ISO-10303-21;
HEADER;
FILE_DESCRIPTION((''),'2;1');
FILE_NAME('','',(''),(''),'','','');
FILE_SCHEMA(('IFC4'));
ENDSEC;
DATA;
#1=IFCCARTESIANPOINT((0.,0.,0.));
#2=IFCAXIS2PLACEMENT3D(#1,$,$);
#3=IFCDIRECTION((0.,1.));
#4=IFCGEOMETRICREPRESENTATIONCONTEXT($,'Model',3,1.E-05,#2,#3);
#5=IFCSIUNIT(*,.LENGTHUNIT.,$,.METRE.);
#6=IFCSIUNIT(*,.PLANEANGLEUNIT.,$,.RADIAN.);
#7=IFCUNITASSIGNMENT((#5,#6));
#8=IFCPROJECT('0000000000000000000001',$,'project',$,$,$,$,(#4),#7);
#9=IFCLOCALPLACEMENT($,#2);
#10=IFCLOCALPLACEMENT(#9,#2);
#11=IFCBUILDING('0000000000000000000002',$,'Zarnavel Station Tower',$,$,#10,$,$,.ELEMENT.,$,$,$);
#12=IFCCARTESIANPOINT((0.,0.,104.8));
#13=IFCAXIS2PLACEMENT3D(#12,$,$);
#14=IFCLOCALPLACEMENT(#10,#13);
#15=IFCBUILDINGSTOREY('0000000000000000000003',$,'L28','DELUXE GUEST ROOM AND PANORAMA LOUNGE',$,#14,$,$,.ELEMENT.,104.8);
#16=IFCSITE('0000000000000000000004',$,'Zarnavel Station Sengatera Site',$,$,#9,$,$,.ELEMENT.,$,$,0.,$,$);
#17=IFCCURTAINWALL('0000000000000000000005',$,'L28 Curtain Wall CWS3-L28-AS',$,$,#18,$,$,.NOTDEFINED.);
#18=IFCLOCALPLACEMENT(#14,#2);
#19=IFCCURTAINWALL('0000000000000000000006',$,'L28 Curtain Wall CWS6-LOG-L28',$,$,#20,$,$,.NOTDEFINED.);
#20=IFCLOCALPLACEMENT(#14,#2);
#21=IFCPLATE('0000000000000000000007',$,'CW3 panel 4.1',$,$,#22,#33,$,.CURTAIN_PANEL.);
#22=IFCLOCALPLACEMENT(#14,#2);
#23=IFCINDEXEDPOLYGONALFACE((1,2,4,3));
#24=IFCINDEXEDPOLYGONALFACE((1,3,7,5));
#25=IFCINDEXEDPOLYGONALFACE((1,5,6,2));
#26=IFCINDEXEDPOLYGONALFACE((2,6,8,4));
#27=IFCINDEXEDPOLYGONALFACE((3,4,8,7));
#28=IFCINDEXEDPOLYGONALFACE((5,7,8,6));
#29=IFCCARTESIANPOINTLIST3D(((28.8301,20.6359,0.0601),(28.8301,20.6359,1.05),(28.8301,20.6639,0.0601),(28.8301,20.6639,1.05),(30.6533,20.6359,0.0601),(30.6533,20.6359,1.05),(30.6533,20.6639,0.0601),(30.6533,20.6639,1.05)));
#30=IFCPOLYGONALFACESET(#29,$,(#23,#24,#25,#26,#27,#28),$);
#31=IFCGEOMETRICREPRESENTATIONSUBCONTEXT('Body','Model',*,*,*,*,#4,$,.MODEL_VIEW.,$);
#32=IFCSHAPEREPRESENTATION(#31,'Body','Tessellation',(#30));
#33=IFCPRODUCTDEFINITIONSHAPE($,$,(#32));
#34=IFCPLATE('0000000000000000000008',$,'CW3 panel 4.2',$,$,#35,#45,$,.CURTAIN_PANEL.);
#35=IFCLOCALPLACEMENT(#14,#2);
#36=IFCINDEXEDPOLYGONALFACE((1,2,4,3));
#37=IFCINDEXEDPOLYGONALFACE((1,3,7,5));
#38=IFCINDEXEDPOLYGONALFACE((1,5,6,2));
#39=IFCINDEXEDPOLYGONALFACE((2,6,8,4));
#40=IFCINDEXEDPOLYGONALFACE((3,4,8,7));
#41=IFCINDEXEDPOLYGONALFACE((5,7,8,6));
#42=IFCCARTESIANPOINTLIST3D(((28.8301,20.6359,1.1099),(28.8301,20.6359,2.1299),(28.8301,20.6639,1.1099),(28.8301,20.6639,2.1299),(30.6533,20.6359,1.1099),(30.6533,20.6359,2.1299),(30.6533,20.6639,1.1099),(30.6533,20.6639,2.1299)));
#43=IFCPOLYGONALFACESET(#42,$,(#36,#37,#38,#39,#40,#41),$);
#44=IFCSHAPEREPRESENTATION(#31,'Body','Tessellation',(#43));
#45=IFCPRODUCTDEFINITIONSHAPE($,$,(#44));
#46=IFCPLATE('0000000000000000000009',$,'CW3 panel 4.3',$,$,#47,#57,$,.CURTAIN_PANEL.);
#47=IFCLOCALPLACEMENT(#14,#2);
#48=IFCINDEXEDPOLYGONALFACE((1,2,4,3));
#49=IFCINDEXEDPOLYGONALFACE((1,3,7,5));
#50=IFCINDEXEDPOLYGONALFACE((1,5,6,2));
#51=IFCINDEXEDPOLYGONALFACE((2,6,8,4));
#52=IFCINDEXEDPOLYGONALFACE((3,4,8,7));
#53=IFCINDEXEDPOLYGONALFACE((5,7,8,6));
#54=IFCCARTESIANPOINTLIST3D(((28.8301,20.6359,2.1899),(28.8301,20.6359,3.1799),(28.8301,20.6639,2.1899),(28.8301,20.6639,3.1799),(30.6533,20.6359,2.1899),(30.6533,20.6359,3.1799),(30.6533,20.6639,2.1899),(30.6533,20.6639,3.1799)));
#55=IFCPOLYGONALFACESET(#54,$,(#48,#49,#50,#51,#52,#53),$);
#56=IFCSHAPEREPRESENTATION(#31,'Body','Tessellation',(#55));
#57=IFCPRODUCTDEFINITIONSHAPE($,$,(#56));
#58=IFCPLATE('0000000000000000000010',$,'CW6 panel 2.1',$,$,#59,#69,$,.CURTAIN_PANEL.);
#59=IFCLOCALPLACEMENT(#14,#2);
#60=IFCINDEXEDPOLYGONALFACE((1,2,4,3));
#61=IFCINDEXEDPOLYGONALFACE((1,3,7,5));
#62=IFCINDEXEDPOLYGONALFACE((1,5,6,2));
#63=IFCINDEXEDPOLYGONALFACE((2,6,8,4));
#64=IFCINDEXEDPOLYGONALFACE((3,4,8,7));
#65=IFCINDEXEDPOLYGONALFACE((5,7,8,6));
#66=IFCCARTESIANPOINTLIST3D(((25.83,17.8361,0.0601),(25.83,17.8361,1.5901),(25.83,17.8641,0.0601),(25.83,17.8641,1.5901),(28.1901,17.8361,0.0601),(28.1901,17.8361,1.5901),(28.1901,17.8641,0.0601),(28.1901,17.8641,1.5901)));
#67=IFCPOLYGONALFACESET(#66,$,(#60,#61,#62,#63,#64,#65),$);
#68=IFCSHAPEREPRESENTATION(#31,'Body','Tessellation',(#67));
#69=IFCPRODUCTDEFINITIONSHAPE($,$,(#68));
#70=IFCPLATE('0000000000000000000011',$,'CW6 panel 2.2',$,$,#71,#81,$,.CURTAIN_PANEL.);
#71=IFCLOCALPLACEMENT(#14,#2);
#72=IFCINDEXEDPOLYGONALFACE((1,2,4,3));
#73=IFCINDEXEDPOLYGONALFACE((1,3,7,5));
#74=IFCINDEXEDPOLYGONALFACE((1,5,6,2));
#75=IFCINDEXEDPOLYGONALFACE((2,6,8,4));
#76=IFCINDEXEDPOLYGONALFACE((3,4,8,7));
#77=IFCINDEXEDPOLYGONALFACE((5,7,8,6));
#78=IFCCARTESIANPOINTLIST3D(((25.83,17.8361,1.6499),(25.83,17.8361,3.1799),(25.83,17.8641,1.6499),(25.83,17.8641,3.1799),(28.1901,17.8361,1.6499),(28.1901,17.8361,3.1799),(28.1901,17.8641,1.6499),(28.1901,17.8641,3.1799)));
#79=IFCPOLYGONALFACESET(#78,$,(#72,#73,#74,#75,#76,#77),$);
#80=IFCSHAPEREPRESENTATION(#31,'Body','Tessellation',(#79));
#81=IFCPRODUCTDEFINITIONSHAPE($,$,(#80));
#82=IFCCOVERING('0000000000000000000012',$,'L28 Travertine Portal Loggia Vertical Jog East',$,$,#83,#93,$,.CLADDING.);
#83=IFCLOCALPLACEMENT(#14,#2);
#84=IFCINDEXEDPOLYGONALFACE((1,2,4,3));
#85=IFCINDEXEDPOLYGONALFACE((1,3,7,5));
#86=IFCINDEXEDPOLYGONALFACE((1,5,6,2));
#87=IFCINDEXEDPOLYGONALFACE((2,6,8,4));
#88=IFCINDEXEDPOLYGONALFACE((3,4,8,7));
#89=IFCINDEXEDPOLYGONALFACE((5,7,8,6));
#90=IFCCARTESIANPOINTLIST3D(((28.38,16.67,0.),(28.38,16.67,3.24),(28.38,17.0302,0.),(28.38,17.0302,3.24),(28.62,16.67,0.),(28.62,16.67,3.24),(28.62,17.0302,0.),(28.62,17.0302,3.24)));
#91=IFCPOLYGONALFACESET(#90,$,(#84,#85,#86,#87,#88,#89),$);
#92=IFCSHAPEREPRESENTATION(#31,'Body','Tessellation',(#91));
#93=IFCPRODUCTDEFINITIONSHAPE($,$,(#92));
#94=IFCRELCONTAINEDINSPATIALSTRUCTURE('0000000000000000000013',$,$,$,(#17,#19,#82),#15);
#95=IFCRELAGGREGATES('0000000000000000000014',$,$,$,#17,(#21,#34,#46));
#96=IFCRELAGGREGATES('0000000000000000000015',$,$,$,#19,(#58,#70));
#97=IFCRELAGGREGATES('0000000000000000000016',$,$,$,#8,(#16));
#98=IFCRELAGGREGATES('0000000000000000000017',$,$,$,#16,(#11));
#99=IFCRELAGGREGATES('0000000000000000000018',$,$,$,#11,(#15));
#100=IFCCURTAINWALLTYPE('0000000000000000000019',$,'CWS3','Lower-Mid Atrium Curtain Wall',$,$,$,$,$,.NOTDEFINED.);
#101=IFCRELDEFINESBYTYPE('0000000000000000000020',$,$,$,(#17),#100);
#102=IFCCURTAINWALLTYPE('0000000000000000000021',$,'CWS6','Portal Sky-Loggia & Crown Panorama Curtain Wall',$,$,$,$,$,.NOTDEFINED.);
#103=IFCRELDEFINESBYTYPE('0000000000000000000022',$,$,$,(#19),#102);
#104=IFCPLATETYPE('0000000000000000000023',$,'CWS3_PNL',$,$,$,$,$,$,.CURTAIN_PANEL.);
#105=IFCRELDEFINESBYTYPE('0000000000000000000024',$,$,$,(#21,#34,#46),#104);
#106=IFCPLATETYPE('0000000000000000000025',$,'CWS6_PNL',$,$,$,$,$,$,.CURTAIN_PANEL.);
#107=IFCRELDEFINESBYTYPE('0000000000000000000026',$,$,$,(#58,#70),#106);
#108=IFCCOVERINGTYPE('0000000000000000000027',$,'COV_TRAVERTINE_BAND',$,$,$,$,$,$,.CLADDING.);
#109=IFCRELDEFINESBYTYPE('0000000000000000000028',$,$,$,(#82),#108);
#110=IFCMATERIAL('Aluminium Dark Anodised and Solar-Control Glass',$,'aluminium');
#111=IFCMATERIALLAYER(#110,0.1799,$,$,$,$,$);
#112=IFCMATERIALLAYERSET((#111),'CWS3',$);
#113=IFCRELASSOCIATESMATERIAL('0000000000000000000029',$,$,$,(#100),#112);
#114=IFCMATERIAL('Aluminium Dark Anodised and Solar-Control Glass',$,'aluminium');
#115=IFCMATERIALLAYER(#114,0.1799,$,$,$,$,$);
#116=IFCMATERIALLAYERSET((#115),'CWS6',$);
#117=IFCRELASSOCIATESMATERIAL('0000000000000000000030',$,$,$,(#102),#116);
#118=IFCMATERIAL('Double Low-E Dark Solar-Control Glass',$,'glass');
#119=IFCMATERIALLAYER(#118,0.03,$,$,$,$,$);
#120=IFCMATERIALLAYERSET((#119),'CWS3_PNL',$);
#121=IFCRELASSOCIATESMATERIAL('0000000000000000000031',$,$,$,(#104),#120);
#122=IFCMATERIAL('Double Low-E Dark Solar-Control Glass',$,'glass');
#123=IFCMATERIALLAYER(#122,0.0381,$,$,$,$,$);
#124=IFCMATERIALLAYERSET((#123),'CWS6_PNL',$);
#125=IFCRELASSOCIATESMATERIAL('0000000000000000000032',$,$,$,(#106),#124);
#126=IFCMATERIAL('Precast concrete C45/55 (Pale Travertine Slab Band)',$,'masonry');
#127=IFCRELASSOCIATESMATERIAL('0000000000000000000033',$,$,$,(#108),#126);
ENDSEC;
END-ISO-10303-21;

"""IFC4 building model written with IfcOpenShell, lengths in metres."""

from ifc_helpers import new_model, si_unit, direction, frame, origin, origin_2d, place, context, subcontext, project, spatial, rectangle, extrude, material, layer, layer_set, type_object, element, aggregate, save


model = new_model("IFC4")

# Units and contexts
model_context = context("Model", 3, precision=1e-05, world=origin(), true_north=direction((0.0, 1.0)))
body_context = subcontext(model_context, "Body", "Model", "MODEL_VIEW")
ifc_project = project(units=[si_unit("LENGTHUNIT", "METRE"), si_unit("PLANEANGLEUNIT", "RADIAN")], contexts=[model_context])

# Site, building, storey
site_placement = place(None, origin())
site = spatial("IfcSite", under=ifc_project, at=site_placement, Name="Zarnavel Station Sengatera Site", CompositionType="ELEMENT", RefElevation=0.0)
building_placement = place(site_placement, origin())
building = spatial("IfcBuilding", under=site, at=building_placement, Name="Zarnavel Station Tower", CompositionType="ELEMENT")
storey_placement = place(building_placement, frame((0.0, 0.0, 104.8)))
storey = spatial("IfcBuildingStorey", under=building, at=storey_placement, Name="L28", Description="DELUXE GUEST ROOM AND PANORAMA LOUNGE", CompositionType="ELEMENT", Elevation=104.8)

# Curtain wall
ifc_material_1 = material(Name="Aluminium Dark Anodised and Solar-Control Glass", Category="aluminium")
ifc_layer_1 = layer(ifc_material_1, 0.1799)
ifc_layer_set_1 = layer_set([ifc_layer_1], Name="CWS3")
curtain_wall_type_1 = type_object("IfcCurtainWallType", Name="CWS3", Description="Lower-Mid Atrium Curtain Wall", PredefinedType="NOTDEFINED", material=ifc_layer_set_1)
curtain_wall_1_placement = place(storey_placement, origin())
curtain_wall_1 = element("IfcCurtainWall", 1, at=curtain_wall_1_placement, inside=storey, type_object=curtain_wall_type_1, Name="L28 Curtain Wall CWS3-L28-AS", PredefinedType="NOTDEFINED")

# Curtain wall
ifc_material_2 = material(Name="Aluminium Dark Anodised and Solar-Control Glass", Category="aluminium")
ifc_layer_2 = layer(ifc_material_2, 0.1799)
ifc_layer_set_2 = layer_set([ifc_layer_2], Name="CWS6")
curtain_wall_type_2 = type_object("IfcCurtainWallType", Name="CWS6", Description="Portal Sky-Loggia & Crown Panorama Curtain Wall", PredefinedType="NOTDEFINED", material=ifc_layer_set_2)
curtain_wall_2_placement = place(storey_placement, origin())
curtain_wall_2 = element("IfcCurtainWall", 2, at=curtain_wall_2_placement, inside=storey, type_object=curtain_wall_type_2, Name="L28 Curtain Wall CWS6-LOG-L28", PredefinedType="NOTDEFINED")

# Plates
ifc_material_3 = material(Name="Double Low-E Dark Solar-Control Glass", Category="glass")
ifc_layer_3 = layer(ifc_material_3, 0.03)
ifc_layer_set_3 = layer_set([ifc_layer_3], Name="CWS3_PNL")
plate_type_1 = type_object("IfcPlateType", Name="CWS3_PNL", PredefinedType="CURTAIN_PANEL", material=ifc_layer_set_3)
plate_1_placement = place(storey_placement, frame((29.7417, 20.6499, 0.0601), z_axis=(0.0, 0.0, 1.0), x_axis=(1.0, 0.0, 0.0)))
plate_1 = element("IfcPlate", 3, at=plate_1_placement, type_object=plate_type_1, Name="CW3 panel 4.1", PredefinedType="CURTAIN_PANEL", context=body_context, shape_type="SweptSolid", body=[
    extrude(rectangle(XDim=1.8232, YDim=0.0281, at=origin_2d()), origin(), (0.0, 0.0, 1.0), 0.99),
])
plate_2_placement = place(storey_placement, frame((29.7417, 20.6499, 1.1099), z_axis=(0.0, 0.0, 1.0), x_axis=(1.0, 0.0, 0.0)))
plate_2 = element("IfcPlate", 4, at=plate_2_placement, type_object=plate_type_1, Name="CW3 panel 4.2", PredefinedType="CURTAIN_PANEL", context=body_context, shape_type="SweptSolid", body=[
    extrude(rectangle(XDim=1.8232, YDim=0.0281, at=origin_2d()), origin(), (0.0, 0.0, 1.0), 1.02),
])
plate_3_placement = place(storey_placement, frame((29.7417, 20.6499, 2.1899), z_axis=(0.0, 0.0, 1.0), x_axis=(1.0, 0.0, 0.0)))
plate_3 = element("IfcPlate", 5, at=plate_3_placement, type_object=plate_type_1, Name="CW3 panel 4.3", PredefinedType="CURTAIN_PANEL", context=body_context, shape_type="SweptSolid", body=[
    extrude(rectangle(XDim=1.8232, YDim=0.0281, at=origin_2d()), origin(), (0.0, 0.0, 1.0), 0.99),
])
aggregate(curtain_wall_1, [plate_1, plate_2, plate_3])
ifc_material_4 = material(Name="Double Low-E Dark Solar-Control Glass", Category="glass")
ifc_layer_4 = layer(ifc_material_4, 0.0381)
ifc_layer_set_4 = layer_set([ifc_layer_4], Name="CWS6_PNL")
plate_type_2 = type_object("IfcPlateType", Name="CWS6_PNL", PredefinedType="CURTAIN_PANEL", material=ifc_layer_set_4)
plate_4_placement = place(storey_placement, frame((27.01, 17.8501, 0.0601), z_axis=(0.0, 0.0, 1.0), x_axis=(1.0, 0.0, 0.0)))
plate_4 = element("IfcPlate", 6, at=plate_4_placement, type_object=plate_type_2, Name="CW6 panel 2.1", PredefinedType="CURTAIN_PANEL", context=body_context, shape_type="SweptSolid", body=[
    extrude(rectangle(XDim=2.3601, YDim=0.0281, at=origin_2d()), origin(), (0.0, 0.0, 1.0), 1.53),
])
plate_5_placement = place(storey_placement, frame((27.01, 17.8501, 1.6499), z_axis=(0.0, 0.0, 1.0), x_axis=(1.0, 0.0, 0.0)))
plate_5 = element("IfcPlate", 7, at=plate_5_placement, type_object=plate_type_2, Name="CW6 panel 2.2", PredefinedType="CURTAIN_PANEL", context=body_context, shape_type="SweptSolid", body=[
    extrude(rectangle(XDim=2.3601, YDim=0.0281, at=origin_2d()), origin(), (0.0, 0.0, 1.0), 1.53),
])
aggregate(curtain_wall_2, [plate_4, plate_5])

# Covering
ifc_material_5 = material(Name="Precast concrete C45/55 (Pale Travertine Slab Band)", Category="masonry")
covering_type = type_object("IfcCoveringType", Name="COV_TRAVERTINE_BAND", PredefinedType="CLADDING", material=ifc_material_5)
covering_placement = place(storey_placement, frame((28.5, 16.8501, 0.0), z_axis=(0.0, 0.0, 1.0), x_axis=(1.0, 0.0, 0.0)))
element("IfcCovering", 8, at=covering_placement, inside=storey, type_object=covering_type, Name="L28 Travertine Portal Loggia Vertical Jog East", PredefinedType="CLADDING", context=body_context, shape_type="SweptSolid", body=[
    extrude(rectangle(XDim=0.24, YDim=0.3601, at=origin_2d()), origin(), (0.0, 0.0, 1.0), 3.24),
])

save(model, "model.ifc")
